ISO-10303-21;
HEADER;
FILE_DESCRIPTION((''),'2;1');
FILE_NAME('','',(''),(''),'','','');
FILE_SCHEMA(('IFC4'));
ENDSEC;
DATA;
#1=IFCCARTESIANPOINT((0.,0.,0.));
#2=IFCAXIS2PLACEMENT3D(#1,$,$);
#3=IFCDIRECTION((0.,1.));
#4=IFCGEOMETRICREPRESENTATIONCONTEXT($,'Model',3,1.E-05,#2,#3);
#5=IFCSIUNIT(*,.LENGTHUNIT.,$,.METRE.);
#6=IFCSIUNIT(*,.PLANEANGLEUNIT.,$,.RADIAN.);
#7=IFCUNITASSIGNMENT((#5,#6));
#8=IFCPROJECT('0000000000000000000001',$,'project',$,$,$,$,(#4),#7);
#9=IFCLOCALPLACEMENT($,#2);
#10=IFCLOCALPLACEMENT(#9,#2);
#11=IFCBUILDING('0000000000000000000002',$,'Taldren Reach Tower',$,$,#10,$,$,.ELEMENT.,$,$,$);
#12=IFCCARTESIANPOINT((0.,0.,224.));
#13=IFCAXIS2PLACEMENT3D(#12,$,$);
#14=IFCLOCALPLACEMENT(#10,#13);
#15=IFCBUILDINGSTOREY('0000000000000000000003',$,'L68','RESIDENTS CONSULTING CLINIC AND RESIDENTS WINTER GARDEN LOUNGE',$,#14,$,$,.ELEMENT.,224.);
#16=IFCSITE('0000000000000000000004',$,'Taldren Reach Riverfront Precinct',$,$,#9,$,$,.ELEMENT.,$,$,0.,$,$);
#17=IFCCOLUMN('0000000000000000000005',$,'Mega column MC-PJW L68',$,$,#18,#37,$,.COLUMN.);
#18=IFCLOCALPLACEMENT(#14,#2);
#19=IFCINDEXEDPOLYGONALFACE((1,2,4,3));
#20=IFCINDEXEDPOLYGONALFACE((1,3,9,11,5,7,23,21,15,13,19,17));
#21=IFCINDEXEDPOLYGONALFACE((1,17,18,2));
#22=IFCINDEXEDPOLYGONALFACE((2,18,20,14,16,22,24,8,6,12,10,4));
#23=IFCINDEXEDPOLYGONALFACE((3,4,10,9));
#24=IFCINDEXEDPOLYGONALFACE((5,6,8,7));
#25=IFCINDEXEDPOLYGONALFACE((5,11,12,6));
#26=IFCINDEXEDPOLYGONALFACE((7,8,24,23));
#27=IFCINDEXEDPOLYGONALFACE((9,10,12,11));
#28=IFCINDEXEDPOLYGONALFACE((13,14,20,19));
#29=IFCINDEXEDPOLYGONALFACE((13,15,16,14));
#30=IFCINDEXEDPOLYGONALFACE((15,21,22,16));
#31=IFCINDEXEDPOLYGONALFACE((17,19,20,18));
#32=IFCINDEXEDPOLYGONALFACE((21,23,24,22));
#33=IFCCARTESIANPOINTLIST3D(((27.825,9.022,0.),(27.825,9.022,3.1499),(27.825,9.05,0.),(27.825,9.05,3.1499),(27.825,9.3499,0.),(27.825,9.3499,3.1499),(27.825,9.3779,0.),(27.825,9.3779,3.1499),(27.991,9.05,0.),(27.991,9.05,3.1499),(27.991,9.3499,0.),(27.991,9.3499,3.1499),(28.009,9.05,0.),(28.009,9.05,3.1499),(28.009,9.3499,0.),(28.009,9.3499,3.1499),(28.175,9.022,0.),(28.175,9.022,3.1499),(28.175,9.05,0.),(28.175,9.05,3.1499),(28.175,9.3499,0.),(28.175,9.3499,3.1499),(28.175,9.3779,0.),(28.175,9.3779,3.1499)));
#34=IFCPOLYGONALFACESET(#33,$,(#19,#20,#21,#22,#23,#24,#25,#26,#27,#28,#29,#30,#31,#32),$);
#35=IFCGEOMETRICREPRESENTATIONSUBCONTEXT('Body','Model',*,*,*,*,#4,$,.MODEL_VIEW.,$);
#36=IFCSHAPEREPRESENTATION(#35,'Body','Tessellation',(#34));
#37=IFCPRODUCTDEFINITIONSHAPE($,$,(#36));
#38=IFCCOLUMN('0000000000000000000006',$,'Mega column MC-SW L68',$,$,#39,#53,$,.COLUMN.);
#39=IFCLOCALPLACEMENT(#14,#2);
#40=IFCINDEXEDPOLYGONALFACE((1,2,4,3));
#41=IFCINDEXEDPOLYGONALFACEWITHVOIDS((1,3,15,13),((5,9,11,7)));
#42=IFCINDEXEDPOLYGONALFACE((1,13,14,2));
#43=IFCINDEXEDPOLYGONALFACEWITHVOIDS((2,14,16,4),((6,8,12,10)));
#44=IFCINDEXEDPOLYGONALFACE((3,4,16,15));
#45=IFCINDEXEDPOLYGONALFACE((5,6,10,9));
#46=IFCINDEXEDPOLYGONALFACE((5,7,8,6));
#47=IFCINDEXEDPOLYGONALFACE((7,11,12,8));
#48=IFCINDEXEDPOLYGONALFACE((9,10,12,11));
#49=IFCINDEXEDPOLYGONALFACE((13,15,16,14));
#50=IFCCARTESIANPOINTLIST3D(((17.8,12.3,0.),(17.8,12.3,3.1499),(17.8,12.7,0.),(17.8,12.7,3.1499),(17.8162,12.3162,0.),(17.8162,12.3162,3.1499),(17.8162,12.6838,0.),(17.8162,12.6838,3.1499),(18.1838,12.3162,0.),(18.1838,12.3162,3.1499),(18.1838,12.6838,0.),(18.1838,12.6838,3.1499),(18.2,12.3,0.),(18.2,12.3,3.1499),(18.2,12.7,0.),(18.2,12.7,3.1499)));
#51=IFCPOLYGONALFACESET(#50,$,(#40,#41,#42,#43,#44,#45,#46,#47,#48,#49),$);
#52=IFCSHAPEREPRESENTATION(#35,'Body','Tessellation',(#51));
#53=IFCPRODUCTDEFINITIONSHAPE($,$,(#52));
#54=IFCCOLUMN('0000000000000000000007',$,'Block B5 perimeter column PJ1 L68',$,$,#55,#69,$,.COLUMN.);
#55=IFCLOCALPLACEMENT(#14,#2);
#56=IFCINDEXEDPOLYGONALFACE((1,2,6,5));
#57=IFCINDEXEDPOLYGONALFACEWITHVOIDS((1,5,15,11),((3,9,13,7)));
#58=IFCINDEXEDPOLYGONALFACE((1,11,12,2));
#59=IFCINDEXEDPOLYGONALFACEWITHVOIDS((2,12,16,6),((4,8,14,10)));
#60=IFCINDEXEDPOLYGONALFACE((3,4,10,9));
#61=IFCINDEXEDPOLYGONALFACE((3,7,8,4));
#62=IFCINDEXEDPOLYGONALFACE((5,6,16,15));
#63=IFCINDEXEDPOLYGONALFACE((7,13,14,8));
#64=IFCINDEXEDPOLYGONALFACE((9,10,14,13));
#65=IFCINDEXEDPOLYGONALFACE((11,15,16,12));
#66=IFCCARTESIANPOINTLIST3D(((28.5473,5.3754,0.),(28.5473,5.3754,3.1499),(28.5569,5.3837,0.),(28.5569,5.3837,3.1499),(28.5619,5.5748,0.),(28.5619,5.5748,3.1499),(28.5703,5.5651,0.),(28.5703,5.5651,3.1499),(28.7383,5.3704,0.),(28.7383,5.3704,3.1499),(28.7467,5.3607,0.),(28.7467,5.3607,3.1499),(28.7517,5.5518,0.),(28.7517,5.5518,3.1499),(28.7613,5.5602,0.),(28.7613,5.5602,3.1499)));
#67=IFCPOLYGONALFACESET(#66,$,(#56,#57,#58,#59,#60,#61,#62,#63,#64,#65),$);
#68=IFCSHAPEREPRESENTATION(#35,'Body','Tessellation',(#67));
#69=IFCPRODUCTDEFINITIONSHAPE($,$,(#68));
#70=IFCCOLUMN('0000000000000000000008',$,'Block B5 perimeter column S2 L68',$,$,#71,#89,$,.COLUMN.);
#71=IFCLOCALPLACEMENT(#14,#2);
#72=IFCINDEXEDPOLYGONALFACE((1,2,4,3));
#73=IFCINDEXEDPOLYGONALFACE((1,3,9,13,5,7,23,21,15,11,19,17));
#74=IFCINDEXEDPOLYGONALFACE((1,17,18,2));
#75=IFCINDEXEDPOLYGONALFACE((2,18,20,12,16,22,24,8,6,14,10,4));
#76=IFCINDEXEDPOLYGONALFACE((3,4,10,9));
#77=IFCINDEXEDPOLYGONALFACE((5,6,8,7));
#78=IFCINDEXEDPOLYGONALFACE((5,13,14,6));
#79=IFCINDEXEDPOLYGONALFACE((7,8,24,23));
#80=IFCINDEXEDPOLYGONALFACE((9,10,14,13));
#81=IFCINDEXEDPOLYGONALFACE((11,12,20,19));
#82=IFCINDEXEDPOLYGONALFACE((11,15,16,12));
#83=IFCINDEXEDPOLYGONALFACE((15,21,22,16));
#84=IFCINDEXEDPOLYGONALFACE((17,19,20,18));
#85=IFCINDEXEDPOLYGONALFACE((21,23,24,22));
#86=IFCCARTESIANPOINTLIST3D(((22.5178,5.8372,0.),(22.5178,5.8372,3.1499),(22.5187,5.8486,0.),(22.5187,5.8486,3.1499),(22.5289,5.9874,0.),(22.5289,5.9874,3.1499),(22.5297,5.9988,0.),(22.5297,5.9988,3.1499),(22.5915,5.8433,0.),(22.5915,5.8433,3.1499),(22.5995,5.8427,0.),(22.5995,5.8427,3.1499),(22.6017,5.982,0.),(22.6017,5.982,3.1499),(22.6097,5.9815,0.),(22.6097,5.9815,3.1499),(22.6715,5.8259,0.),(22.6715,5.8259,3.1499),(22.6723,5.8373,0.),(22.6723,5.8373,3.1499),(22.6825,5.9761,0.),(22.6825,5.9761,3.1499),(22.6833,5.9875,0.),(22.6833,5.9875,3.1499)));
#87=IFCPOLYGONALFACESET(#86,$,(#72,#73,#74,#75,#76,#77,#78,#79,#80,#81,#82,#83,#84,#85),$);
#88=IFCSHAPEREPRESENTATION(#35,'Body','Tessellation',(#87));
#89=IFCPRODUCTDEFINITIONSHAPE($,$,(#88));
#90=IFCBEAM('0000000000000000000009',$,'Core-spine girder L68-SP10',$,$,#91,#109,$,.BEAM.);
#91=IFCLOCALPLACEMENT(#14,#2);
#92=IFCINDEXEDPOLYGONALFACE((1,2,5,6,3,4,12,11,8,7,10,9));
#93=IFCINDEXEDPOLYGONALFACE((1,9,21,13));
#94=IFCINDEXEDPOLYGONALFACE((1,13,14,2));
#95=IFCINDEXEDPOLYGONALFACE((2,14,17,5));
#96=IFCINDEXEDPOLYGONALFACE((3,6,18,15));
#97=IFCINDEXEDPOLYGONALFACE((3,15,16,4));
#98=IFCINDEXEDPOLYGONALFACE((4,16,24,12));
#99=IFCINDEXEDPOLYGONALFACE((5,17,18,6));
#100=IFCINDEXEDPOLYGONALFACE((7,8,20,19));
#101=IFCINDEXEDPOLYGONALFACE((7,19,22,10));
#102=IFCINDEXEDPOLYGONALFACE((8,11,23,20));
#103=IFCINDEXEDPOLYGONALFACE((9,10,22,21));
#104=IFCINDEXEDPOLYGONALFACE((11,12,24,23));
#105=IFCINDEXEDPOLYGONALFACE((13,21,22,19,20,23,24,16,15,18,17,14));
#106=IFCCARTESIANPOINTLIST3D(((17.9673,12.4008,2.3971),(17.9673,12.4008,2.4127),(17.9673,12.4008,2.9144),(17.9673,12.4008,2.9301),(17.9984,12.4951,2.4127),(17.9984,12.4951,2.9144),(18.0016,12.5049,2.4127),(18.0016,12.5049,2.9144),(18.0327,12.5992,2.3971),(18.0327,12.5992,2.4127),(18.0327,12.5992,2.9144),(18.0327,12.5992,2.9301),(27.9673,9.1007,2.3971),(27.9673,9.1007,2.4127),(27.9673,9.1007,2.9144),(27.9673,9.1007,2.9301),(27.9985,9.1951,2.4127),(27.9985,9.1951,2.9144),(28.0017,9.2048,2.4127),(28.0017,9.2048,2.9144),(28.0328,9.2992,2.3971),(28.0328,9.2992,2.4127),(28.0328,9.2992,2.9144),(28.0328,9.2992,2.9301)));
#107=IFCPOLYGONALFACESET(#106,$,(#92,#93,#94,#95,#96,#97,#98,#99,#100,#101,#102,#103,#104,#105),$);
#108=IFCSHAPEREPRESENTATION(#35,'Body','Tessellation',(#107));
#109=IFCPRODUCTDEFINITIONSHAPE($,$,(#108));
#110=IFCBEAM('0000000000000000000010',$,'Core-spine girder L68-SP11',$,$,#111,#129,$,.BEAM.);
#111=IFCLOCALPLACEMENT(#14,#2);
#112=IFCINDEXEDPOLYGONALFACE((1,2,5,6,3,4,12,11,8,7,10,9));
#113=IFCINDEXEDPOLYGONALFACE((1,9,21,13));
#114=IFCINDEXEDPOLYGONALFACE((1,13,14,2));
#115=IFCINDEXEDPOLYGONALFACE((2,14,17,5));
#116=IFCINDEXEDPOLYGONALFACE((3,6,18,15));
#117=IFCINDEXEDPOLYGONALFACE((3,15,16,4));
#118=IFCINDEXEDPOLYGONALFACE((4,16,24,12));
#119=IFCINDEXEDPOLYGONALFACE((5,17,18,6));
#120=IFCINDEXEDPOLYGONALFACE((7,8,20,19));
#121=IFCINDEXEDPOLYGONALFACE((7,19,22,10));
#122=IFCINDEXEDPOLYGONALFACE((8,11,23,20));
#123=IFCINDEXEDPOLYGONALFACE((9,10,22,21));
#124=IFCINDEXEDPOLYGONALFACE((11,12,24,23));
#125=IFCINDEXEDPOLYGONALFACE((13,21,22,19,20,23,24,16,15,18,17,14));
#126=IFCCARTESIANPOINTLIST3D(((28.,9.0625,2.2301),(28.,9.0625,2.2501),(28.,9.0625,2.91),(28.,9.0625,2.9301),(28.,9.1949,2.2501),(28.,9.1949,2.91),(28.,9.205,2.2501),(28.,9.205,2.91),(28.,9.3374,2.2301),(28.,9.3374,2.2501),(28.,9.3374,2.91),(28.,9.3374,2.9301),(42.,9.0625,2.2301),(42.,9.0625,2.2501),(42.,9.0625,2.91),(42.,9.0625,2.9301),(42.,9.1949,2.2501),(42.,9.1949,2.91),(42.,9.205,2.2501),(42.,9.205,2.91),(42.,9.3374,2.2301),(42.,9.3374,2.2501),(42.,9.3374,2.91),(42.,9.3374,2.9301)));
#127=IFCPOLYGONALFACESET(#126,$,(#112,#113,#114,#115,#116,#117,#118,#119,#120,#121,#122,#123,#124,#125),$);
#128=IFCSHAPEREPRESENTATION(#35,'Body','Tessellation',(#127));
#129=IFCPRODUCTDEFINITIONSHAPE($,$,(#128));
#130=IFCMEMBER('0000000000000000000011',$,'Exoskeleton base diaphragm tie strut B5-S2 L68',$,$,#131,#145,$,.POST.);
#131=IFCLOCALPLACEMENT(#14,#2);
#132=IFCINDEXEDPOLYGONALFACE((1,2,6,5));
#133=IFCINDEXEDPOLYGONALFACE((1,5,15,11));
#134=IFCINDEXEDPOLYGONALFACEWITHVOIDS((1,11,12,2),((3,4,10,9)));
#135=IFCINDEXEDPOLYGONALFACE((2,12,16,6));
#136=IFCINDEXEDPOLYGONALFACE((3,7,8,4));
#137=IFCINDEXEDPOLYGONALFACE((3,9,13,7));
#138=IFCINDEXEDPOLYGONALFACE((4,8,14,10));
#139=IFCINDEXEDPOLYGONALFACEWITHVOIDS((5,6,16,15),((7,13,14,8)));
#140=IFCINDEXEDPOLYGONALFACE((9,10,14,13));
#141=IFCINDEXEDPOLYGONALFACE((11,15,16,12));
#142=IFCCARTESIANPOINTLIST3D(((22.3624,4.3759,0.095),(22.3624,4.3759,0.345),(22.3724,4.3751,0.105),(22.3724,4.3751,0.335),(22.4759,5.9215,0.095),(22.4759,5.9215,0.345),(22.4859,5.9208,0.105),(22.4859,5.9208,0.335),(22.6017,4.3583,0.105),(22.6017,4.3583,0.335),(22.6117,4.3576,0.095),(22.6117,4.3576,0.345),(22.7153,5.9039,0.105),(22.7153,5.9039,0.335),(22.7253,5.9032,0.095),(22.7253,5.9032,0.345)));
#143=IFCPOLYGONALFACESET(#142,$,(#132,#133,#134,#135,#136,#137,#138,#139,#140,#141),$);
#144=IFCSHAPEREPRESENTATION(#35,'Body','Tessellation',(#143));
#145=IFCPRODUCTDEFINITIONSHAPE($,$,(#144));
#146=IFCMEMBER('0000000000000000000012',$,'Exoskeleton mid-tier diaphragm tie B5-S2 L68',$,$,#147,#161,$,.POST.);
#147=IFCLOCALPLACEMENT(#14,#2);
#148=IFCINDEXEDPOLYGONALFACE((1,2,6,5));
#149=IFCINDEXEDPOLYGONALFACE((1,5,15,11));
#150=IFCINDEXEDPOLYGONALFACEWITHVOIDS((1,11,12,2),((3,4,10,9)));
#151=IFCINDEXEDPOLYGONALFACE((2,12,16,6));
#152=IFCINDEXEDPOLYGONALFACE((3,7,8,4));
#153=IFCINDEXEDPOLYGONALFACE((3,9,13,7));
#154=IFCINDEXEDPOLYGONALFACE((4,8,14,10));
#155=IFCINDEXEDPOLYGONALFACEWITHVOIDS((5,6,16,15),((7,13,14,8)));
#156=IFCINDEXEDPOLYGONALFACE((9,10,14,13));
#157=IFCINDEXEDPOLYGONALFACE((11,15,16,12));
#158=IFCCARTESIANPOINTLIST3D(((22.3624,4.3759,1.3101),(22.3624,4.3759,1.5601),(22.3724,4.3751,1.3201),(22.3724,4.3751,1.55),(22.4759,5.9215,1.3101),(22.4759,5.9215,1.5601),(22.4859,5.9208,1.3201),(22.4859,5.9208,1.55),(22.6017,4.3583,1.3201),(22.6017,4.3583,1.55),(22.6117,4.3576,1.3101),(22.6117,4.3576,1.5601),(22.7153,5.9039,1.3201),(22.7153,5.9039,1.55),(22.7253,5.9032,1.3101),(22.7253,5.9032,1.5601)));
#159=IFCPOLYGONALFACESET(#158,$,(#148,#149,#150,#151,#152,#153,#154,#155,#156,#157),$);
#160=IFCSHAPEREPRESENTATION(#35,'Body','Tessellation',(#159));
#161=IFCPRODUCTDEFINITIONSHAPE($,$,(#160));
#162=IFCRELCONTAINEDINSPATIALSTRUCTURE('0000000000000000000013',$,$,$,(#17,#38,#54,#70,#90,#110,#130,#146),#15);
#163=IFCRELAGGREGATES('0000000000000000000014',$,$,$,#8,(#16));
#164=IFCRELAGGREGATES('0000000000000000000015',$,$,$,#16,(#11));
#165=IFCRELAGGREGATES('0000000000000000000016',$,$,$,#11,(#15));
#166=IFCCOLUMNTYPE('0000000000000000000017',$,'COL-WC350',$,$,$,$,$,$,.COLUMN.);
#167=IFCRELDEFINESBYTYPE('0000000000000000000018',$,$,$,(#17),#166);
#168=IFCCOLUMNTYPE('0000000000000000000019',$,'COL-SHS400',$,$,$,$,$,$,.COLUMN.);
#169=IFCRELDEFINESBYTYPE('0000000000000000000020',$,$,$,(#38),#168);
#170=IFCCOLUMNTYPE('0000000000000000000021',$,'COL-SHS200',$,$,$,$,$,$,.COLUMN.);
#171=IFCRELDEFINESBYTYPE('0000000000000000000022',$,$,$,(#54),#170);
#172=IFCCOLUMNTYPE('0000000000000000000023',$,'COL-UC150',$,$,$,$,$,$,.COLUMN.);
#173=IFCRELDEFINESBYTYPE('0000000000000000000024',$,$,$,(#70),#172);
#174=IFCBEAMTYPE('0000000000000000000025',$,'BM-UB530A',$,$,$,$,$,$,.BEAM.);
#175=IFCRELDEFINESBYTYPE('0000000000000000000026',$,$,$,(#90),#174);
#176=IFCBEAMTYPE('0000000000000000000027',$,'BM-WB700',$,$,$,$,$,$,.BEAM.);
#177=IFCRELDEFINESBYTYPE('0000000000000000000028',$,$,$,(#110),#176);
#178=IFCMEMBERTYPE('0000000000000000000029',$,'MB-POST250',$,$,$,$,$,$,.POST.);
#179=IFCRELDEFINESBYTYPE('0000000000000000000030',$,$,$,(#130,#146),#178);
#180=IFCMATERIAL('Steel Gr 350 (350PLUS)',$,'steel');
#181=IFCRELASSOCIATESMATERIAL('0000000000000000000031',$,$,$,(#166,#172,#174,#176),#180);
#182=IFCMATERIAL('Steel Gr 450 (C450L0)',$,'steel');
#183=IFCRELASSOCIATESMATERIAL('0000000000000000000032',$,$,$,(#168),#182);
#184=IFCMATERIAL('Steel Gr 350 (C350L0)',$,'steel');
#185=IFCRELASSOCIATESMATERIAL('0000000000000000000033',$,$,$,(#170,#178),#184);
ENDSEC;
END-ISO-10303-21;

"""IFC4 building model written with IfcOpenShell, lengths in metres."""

from ifc_helpers import new_model, si_unit, direction, frame, origin, origin_2d, place, context, subcontext, project, spatial, hollow_rectangle, i_section, extrude, source, transform, mapped, material, material_profile, profile_set, type_object, element, save


model = new_model("IFC4")

# Units and contexts
model_context = context("Model", 3, precision=1e-05, world=origin(), true_north=direction((0.0, 1.0)))
body_context = subcontext(model_context, "Body", "Model", "MODEL_VIEW")
ifc_project = project(units=[si_unit("LENGTHUNIT", "METRE"), si_unit("PLANEANGLEUNIT", "RADIAN")], contexts=[model_context])

# Site, building, storey
site_placement = place(None, origin())
site = spatial("IfcSite", under=ifc_project, at=site_placement, Name="Taldren Reach Riverfront Precinct", CompositionType="ELEMENT", RefElevation=0.0)
building_placement = place(site_placement, origin())
building = spatial("IfcBuilding", under=site, at=building_placement, Name="Taldren Reach Tower", CompositionType="ELEMENT")
storey_placement = place(building_placement, frame((0.0, 0.0, 224.0)))
storey = spatial("IfcBuildingStorey", under=building, at=storey_placement, Name="L68", Description="RESIDENTS CONSULTING CLINIC AND RESIDENTS WINTER GARDEN LOUNGE", CompositionType="ELEMENT", Elevation=224.0)

# Columns
ifc_material_1 = material(Name="Steel Gr 350 (350PLUS)", Category="steel")
ifc_material_profile_1 = material_profile(ifc_material_1, i_section(OverallWidth=0.3501, OverallDepth=0.356, WebThickness=0.0181, FlangeThickness=0.0281, at=origin_2d()), Name="350WC197")
ifc_profile_set_1 = profile_set([ifc_material_profile_1], Name="Steel Gr 350 (350PLUS)")
column_type_1 = type_object("IfcColumnType", Name="COL-WC350", PredefinedType="COLUMN", material=ifc_profile_set_1)
shared_shape_1 = source(origin(), body_context, "Body", "SweptSolid", [
    extrude(i_section(OverallWidth=0.3501, OverallDepth=0.356, WebThickness=0.0181, FlangeThickness=0.0281, at=origin_2d()), origin(), (0.0, 0.0, 1.0), 3.1499),
])
column_1_placement = place(storey_placement, frame((28.0, 9.2, 0.0), z_axis=(0.0, 0.0, 1.0), x_axis=(1.0, 0.0, 0.0)))
element("IfcColumn", 1, at=column_1_placement, inside=storey, type_object=column_type_1, Name="Mega column MC-PJW L68", PredefinedType="COLUMN", context=body_context, shape_type="MappedRepresentation", body=[
    mapped(shared_shape_1, transform((0.0, 0.0, 0.0), scale=1.0)),
])
ifc_material_2 = material(Name="Steel Gr 450 (C450L0)", Category="steel")
ifc_material_profile_2 = material_profile(ifc_material_2, hollow_rectangle(XDim=0.3999, YDim=0.3999, WallThickness=0.0161, at=origin_2d()), Name="400x400x16.0SHS")
ifc_profile_set_2 = profile_set([ifc_material_profile_2], Name="Steel Gr 450 (C450L0)")
column_type_2 = type_object("IfcColumnType", Name="COL-SHS400", PredefinedType="COLUMN", material=ifc_profile_set_2)
shared_shape_2 = source(origin(), body_context, "Body", "SweptSolid", [
    extrude(hollow_rectangle(XDim=0.3999, YDim=0.3999, WallThickness=0.0161, at=origin_2d()), origin(), (0.0, 0.0, 1.0), 3.1499),
])
column_2_placement = place(storey_placement, frame((18.0, 12.5, 0.0), z_axis=(0.0, 0.0, 1.0), x_axis=(1.0, 0.0, 0.0)))
element("IfcColumn", 2, at=column_2_placement, inside=storey, type_object=column_type_2, Name="Mega column MC-SW L68", PredefinedType="COLUMN", context=body_context, shape_type="MappedRepresentation", body=[
    mapped(shared_shape_2, transform((0.0, 0.0, 0.0), scale=1.0)),
])
ifc_material_3 = material(Name="Steel Gr 350 (C350L0)", Category="steel")
ifc_material_profile_3 = material_profile(ifc_material_3, hollow_rectangle(XDim=0.2, YDim=0.2, WallThickness=0.009, at=origin_2d()), Name="200x200x9.0SHS")
ifc_profile_set_3 = profile_set([ifc_material_profile_3], Name="Steel Gr 350 (C350L0)")
column_type_3 = type_object("IfcColumnType", Name="COL-SHS200", PredefinedType="COLUMN", material=ifc_profile_set_3)
shared_shape_3 = source(origin(), body_context, "Body", "SweptSolid", [
    extrude(hollow_rectangle(XDim=0.2, YDim=0.2, WallThickness=0.009, at=origin_2d()), origin(), (0.0, 0.0, 1.0), 3.1499),
])
column_3_placement = place(storey_placement, frame((28.6543, 5.4678, 0.0), z_axis=(0.0, 0.0, 1.0), x_axis=(0.997314, -0.073238, 0.0)))
element("IfcColumn", 3, at=column_3_placement, inside=storey, type_object=column_type_3, Name="Block B5 perimeter column PJ1 L68", PredefinedType="COLUMN", context=body_context, shape_type="MappedRepresentation", body=[
    mapped(shared_shape_3, transform((0.0, 0.0, 0.0), scale=1.0)),
])
ifc_material_profile_4 = material_profile(ifc_material_1, i_section(OverallWidth=0.1541, OverallDepth=0.1621, WebThickness=0.0081, FlangeThickness=0.0115, at=origin_2d()), Name="150UC37.2")
ifc_profile_set_4 = profile_set([ifc_material_profile_4], Name="Steel Gr 350 (350PLUS)")
column_type_4 = type_object("IfcColumnType", Name="COL-UC150", PredefinedType="COLUMN", material=ifc_profile_set_4)
shared_shape_4 = source(origin(), body_context, "Body", "SweptSolid", [
    extrude(i_section(OverallWidth=0.1541, OverallDepth=0.1621, WebThickness=0.0081, FlangeThickness=0.0115, at=origin_2d()), origin(), (0.0, 0.0, 1.0), 3.1499),
])
column_4_placement = place(storey_placement, frame((22.6006, 5.9124, 0.0), z_axis=(0.0, 0.0, 1.0), x_axis=(0.997314, -0.073238, 0.0)))
element("IfcColumn", 4, at=column_4_placement, inside=storey, type_object=column_type_4, Name="Block B5 perimeter column S2 L68", PredefinedType="COLUMN", context=body_context, shape_type="MappedRepresentation", body=[
    mapped(shared_shape_4, transform((0.0, 0.0, 0.0), scale=1.0)),
])

# Beams
ifc_material_profile_5 = material_profile(ifc_material_1, i_section(OverallWidth=0.209, OverallDepth=0.533, WebThickness=0.0103, FlangeThickness=0.0156, at=origin_2d()), Name="530UB92.4")
ifc_profile_set_5 = profile_set([ifc_material_profile_5], Name="Steel Gr 350 (350PLUS)")
beam_type_1 = type_object("IfcBeamType", Name="BM-UB530A", PredefinedType="BEAM", material=ifc_profile_set_5)
shared_shape_5 = source(origin(), body_context, "Body", "SweptSolid", [
    extrude(i_section(OverallWidth=0.209, OverallDepth=0.533, WebThickness=0.0103, FlangeThickness=0.0156, at=origin_2d()), origin(), (0.0, 0.0, 1.0), 10.5305),
])
beam_1_placement = place(storey_placement, frame((18.0, 12.5, 2.6636), z_axis=(0.949627, -0.313382, 0.0), x_axis=(0.313382, 0.949627, 0.0)))
element("IfcBeam", 5, at=beam_1_placement, inside=storey, type_object=beam_type_1, Name="Core-spine girder L68-SP10", PredefinedType="BEAM", context=body_context, shape_type="MappedRepresentation", body=[
    mapped(shared_shape_5, transform((0.0, 0.0, 0.0), scale=1.0)),
])
ifc_material_profile_6 = material_profile(ifc_material_1, i_section(OverallWidth=0.2749, OverallDepth=0.7, WebThickness=0.01, FlangeThickness=0.02, at=origin_2d()), Name="700WB150")
ifc_profile_set_6 = profile_set([ifc_material_profile_6], Name="Steel Gr 350 (350PLUS)")
beam_type_2 = type_object("IfcBeamType", Name="BM-WB700", PredefinedType="BEAM", material=ifc_profile_set_6)
shared_shape_6 = source(origin(), body_context, "Body", "SweptSolid", [
    extrude(i_section(OverallWidth=0.2749, OverallDepth=0.7, WebThickness=0.01, FlangeThickness=0.02, at=origin_2d()), origin(), (0.0, 0.0, 1.0), 14.0),
])
beam_2_placement = place(storey_placement, frame((28.0, 9.2, 2.5801), z_axis=(1.0, 0.0, 0.0), x_axis=(0.0, 1.0, 0.0)))
element("IfcBeam", 6, at=beam_2_placement, inside=storey, type_object=beam_type_2, Name="Core-spine girder L68-SP11", PredefinedType="BEAM", context=body_context, shape_type="MappedRepresentation", body=[
    mapped(shared_shape_6, transform((0.0, 0.0, 0.0), scale=1.0)),
])

# Members
ifc_material_profile_7 = material_profile(ifc_material_3, hollow_rectangle(XDim=0.25, YDim=0.25, WallThickness=0.01, at=origin_2d()), Name="250x250x10.0SHS")
ifc_profile_set_7 = profile_set([ifc_material_profile_7], Name="Steel Gr 350 (C350L0)")
member_type_1 = type_object("IfcMemberType", Name="MB-POST250", PredefinedType="POST", material=ifc_profile_set_7)
shared_shape_7 = source(origin(), body_context, "Body", "SweptSolid", [
    extrude(hollow_rectangle(XDim=0.25, YDim=0.25, WallThickness=0.01, at=origin_2d()), origin(), (0.0, 0.0, 1.0), 1.5498),
])
for number, where, z_axis, x_axis, name in (
    (7, (22.6006, 5.9124, 0.22), (-0.073251, -0.997314, 0.0), (0.997314, -0.073251, 0.0), "Exoskeleton base diaphragm tie strut B5-S2 L68"),
    (8, (22.6006, 5.9124, 1.4351), (-0.073251, -0.997314, 0.0), (0.997314, -0.073251, 0.0), "Exoskeleton mid-tier diaphragm tie B5-S2 L68"),
):
    element("IfcMember", number, at=place(storey_placement, frame(where, z_axis=z_axis, x_axis=x_axis)), inside=storey, type_object=member_type_1, Name=name, PredefinedType="POST", context=body_context, shape_type="MappedRepresentation", body=[
        mapped(shared_shape_7, transform((0.0, 0.0, 0.0), scale=1.0)),
    ])

save(model, "model.ifc")
